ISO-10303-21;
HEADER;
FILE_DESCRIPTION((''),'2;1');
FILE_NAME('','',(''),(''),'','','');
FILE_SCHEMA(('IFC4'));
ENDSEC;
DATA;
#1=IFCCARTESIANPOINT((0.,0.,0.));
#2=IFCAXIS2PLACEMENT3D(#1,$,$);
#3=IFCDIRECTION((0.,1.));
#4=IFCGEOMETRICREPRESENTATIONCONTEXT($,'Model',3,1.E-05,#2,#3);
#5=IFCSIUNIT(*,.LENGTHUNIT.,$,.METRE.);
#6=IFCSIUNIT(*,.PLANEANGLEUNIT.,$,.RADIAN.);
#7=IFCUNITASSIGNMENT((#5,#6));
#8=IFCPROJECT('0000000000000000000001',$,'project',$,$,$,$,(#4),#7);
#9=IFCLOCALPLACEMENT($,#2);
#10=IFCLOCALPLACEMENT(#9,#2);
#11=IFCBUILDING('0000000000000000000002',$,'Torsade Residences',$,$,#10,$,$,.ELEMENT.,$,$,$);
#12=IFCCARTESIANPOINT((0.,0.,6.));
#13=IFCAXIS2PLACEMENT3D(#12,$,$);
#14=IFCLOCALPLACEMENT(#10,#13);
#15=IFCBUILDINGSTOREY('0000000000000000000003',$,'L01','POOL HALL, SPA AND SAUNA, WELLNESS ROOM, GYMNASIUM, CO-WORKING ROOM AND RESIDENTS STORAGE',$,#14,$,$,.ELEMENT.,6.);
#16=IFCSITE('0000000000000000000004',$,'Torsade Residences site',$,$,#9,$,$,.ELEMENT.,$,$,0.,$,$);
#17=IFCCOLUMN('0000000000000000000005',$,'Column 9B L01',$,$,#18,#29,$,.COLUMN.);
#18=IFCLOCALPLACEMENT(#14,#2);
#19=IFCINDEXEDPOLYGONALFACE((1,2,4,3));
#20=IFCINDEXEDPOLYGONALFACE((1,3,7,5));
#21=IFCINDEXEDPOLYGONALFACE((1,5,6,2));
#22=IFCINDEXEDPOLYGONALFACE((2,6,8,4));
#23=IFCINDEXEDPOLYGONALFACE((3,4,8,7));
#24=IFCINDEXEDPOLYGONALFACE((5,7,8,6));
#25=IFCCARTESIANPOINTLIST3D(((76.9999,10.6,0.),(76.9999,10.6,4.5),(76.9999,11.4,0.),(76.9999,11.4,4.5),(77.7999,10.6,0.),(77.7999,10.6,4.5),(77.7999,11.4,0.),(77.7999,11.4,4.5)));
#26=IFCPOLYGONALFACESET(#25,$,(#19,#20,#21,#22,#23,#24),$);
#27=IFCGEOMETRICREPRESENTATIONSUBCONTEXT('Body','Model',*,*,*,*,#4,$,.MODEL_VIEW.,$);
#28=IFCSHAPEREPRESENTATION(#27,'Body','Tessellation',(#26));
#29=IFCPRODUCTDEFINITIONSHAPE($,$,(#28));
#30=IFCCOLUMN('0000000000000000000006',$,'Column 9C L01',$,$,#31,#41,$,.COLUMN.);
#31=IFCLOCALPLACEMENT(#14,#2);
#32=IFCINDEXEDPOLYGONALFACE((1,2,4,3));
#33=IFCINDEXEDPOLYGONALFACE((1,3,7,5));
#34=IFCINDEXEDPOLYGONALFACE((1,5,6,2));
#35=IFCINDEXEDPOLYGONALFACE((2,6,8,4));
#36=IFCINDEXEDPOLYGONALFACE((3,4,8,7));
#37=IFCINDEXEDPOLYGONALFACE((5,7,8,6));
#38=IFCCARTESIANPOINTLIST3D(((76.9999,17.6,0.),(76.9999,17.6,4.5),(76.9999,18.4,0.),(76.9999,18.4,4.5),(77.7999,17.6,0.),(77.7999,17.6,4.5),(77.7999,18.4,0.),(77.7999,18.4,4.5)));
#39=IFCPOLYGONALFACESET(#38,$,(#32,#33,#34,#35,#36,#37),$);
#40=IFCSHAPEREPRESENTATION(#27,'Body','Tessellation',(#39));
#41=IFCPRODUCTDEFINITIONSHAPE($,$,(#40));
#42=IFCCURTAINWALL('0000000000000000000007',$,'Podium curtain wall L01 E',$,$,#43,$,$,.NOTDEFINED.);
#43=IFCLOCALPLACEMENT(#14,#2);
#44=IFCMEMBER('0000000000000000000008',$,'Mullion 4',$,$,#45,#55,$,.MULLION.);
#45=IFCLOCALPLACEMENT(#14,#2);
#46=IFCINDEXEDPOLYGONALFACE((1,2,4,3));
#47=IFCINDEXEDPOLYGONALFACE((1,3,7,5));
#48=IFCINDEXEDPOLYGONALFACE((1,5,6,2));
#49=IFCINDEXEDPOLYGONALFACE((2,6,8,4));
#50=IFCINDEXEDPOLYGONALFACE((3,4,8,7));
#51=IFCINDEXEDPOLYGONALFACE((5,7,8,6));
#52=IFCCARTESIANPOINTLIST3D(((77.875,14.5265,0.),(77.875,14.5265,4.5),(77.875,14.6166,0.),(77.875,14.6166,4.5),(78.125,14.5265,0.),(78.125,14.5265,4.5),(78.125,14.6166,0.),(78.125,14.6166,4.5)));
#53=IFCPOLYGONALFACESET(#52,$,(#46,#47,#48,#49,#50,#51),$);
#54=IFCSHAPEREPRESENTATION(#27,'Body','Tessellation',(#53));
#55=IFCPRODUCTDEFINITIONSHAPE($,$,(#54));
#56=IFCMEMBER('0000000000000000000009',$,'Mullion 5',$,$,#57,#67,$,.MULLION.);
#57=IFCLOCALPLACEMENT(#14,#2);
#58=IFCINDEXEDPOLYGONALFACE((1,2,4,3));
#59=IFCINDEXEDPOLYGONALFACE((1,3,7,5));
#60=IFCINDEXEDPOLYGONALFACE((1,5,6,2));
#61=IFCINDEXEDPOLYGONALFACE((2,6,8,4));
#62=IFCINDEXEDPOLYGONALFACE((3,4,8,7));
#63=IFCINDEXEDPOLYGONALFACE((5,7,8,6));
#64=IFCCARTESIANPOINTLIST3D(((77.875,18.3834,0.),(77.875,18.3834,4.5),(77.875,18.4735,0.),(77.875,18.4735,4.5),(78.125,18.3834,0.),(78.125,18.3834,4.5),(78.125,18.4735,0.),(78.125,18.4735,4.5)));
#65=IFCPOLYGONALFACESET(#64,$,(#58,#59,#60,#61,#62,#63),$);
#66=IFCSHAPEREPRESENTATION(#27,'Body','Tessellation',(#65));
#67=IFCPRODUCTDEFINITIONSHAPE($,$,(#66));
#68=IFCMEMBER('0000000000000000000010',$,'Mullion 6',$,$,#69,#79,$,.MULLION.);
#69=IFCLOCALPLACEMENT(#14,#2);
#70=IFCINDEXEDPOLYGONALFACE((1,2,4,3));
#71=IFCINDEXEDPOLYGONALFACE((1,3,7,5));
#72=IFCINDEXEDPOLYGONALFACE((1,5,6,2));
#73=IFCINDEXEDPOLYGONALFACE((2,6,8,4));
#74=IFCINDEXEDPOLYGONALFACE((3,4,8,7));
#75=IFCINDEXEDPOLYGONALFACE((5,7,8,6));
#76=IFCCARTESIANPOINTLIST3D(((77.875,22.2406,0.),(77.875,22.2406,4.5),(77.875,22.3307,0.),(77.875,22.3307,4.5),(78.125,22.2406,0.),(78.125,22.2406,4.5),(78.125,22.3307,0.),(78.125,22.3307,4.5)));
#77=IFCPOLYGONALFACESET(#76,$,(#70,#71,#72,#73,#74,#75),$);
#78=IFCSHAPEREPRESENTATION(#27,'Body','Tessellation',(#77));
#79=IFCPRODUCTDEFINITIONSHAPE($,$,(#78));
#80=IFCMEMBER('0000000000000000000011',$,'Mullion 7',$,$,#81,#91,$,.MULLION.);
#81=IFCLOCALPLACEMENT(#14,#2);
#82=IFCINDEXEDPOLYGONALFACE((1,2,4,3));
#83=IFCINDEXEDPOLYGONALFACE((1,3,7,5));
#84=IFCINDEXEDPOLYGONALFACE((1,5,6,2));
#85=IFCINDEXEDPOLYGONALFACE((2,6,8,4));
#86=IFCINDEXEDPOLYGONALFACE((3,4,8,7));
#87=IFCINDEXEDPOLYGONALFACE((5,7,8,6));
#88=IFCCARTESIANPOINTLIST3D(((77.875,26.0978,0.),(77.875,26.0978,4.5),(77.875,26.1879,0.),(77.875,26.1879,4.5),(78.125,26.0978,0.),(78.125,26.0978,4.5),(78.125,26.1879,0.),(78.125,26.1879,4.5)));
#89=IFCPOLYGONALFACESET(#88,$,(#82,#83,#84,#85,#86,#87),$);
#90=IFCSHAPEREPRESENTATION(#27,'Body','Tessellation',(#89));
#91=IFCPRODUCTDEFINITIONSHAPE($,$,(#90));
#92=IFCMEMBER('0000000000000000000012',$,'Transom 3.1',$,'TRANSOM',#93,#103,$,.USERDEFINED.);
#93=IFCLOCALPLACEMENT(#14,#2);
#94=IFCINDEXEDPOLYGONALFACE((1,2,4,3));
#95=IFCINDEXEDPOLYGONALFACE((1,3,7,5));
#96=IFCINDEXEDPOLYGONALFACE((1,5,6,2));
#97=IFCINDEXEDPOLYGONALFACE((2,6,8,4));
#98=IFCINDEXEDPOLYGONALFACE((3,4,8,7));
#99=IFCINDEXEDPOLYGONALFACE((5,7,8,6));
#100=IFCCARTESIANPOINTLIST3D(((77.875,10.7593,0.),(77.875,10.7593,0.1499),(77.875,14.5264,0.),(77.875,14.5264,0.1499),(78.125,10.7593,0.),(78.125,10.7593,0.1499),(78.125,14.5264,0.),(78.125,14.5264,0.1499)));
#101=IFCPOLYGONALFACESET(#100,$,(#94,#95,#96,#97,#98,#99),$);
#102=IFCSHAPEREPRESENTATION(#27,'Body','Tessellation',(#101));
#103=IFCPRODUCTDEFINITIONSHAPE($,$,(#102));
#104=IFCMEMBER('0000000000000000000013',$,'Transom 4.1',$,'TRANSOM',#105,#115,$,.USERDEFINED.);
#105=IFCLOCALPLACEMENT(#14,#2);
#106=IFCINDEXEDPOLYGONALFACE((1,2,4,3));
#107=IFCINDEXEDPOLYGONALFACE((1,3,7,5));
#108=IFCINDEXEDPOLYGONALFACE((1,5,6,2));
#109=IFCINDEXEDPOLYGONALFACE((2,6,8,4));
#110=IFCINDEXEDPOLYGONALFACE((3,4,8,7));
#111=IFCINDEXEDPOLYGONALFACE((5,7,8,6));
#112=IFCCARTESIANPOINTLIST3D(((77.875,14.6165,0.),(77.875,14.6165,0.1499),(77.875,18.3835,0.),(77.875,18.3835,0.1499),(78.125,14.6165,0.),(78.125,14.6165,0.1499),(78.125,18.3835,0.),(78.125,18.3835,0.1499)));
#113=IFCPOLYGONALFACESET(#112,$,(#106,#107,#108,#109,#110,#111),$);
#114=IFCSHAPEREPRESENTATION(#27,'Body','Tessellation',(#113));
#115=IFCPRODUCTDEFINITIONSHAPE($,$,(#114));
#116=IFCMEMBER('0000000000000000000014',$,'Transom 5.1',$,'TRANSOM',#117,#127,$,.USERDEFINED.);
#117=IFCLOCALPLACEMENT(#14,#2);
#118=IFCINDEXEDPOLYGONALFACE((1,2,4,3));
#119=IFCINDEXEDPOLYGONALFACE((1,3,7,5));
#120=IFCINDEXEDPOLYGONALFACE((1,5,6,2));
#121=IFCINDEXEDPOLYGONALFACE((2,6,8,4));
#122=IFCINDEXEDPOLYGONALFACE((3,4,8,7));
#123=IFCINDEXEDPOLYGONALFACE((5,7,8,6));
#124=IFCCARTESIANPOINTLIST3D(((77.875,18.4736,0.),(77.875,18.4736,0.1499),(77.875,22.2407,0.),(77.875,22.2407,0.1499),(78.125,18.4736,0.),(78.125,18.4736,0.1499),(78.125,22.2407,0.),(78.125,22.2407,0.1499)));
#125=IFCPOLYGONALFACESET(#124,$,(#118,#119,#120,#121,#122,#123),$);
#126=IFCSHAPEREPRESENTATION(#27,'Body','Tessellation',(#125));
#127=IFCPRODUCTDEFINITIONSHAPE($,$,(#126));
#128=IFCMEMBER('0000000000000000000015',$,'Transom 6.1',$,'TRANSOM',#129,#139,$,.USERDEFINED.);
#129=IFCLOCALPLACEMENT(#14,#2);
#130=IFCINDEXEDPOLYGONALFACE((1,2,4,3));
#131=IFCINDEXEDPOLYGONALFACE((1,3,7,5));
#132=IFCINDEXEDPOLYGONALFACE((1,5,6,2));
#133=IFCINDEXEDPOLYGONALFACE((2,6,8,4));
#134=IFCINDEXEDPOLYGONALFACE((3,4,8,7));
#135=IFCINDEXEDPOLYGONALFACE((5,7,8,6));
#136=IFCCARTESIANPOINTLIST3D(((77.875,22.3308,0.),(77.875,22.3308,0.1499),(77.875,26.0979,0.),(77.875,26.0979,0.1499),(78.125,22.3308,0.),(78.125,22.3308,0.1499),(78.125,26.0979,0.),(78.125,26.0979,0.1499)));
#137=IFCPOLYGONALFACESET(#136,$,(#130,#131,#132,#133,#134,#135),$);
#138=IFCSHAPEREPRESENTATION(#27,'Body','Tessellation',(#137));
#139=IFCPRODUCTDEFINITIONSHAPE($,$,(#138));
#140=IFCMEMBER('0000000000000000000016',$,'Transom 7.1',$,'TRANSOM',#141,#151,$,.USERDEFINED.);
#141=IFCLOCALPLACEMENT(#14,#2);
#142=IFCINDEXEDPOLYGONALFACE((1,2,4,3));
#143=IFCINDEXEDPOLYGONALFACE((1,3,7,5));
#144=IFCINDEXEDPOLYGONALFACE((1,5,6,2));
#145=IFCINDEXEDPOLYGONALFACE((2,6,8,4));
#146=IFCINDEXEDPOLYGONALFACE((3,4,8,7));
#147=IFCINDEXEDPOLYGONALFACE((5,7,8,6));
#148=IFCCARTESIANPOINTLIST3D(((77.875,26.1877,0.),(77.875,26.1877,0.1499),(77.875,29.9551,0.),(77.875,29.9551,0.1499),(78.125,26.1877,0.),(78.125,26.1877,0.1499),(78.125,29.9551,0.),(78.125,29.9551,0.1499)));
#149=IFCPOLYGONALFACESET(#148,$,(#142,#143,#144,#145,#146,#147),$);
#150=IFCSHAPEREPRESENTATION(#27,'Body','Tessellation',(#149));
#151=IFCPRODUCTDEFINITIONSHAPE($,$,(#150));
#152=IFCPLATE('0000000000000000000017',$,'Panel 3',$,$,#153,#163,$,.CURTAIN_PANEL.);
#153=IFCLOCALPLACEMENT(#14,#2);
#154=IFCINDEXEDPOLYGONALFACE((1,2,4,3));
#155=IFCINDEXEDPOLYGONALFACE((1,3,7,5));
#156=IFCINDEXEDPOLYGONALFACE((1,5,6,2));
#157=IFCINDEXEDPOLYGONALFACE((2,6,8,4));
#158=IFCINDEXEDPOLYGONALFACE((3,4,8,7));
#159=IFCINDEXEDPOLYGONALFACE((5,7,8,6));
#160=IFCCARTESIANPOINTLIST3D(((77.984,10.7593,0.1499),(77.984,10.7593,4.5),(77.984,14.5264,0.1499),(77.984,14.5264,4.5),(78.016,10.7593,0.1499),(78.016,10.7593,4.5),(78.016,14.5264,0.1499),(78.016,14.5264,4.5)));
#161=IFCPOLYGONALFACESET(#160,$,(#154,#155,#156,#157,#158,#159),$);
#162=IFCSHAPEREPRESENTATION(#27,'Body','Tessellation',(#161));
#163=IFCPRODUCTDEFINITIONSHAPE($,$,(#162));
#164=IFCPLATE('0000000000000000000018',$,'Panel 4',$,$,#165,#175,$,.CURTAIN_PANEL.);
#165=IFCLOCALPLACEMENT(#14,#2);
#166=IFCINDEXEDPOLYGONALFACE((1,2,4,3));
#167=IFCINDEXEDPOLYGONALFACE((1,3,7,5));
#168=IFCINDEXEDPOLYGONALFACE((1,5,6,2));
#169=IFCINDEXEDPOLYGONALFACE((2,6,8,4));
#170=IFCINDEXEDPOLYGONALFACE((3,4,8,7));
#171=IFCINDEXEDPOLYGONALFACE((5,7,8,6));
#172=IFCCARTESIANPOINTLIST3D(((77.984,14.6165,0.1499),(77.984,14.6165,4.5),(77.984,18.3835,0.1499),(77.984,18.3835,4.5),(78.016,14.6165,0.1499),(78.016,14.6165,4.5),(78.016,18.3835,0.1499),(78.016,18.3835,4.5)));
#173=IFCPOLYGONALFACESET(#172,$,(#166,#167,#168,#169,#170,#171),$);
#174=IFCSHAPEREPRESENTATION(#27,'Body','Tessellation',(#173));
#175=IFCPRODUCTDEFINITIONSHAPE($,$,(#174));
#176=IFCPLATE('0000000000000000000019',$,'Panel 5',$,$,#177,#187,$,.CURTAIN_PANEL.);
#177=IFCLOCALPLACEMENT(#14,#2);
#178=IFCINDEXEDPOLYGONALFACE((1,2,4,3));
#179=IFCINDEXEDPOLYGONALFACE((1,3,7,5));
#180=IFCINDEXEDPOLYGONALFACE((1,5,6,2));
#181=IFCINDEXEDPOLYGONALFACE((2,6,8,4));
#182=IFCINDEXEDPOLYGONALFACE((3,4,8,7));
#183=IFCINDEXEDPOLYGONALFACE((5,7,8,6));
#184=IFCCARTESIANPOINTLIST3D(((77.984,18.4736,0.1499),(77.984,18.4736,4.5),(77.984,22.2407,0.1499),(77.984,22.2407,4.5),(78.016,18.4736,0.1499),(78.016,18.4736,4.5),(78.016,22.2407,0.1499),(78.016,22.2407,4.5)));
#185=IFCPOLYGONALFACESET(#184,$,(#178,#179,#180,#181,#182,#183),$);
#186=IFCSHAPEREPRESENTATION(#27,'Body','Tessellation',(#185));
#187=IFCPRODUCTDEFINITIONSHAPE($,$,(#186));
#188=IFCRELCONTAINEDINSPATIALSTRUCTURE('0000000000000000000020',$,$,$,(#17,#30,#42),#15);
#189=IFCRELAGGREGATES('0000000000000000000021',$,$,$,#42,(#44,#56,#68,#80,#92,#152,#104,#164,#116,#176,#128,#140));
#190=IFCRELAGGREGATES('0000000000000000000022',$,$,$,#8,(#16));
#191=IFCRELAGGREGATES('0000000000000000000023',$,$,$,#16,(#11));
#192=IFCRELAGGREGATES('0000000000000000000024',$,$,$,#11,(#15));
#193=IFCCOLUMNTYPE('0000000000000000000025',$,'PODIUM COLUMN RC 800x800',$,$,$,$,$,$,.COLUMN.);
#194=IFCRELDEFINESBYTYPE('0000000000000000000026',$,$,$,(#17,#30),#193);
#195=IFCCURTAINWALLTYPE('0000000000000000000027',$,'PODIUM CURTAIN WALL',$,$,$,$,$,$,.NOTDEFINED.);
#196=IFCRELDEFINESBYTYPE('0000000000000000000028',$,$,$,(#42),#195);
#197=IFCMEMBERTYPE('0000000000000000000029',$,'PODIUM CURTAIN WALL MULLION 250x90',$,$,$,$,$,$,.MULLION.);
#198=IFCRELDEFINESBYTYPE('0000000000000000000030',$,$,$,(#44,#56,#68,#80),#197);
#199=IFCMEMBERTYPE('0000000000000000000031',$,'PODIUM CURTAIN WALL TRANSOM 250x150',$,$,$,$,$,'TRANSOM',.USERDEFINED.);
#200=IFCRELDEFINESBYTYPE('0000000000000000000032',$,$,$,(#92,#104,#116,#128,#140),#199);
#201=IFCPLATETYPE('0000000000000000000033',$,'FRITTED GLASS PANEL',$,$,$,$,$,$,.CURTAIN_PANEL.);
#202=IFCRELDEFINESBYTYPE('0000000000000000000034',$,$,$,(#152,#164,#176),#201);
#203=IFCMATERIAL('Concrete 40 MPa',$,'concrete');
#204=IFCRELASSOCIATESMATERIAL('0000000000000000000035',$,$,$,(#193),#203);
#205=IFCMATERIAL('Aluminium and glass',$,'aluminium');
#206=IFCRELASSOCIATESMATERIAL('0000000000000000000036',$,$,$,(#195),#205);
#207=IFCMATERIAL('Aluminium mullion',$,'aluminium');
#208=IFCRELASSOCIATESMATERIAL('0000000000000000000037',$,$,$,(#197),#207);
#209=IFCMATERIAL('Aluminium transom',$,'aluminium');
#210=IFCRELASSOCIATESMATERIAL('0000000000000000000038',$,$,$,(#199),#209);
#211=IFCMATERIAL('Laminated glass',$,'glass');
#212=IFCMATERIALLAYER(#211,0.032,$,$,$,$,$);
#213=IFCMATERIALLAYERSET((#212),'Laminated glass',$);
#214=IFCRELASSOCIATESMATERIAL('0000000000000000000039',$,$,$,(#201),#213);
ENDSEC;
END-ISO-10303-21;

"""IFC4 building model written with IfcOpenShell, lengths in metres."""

from ifc_helpers import new_model, si_unit, direction, frame, origin, origin_2d, place, context, subcontext, project, spatial, rectangle, extrude, material, layer, layer_set, material_profile, profile_set, type_object, element, aggregate, save


model = new_model("IFC4")

# Units and contexts
model_context = context("Model", 3, precision=1e-05, world=origin(), true_north=direction((0.0, 1.0)))
body_context = subcontext(model_context, "Body", "Model", "MODEL_VIEW")
ifc_project = project(units=[si_unit("LENGTHUNIT", "METRE"), si_unit("PLANEANGLEUNIT", "RADIAN")], contexts=[model_context])

# Site, building, storey
site_placement = place(None, origin())
site = spatial("IfcSite", under=ifc_project, at=site_placement, Name="Torsade Residences site", CompositionType="ELEMENT", RefElevation=0.0)
building_placement = place(site_placement, origin())
building = spatial("IfcBuilding", under=site, at=building_placement, Name="Torsade Residences", CompositionType="ELEMENT")
storey_placement = place(building_placement, frame((0.0, 0.0, 6.0)))
storey = spatial("IfcBuildingStorey", under=building, at=storey_placement, Name="L01", Description="POOL HALL, SPA AND SAUNA, WELLNESS ROOM, GYMNASIUM, CO-WORKING ROOM AND RESIDENTS STORAGE", CompositionType="ELEMENT", Elevation=6.0)

# Columns
ifc_material_1 = material(Name="Concrete 40 MPa", Category="concrete")
ifc_material_profile_1 = material_profile(ifc_material_1, rectangle(XDim=0.8, YDim=0.8, at=origin_2d()), Name="RC 800x800")
ifc_profile_set_1 = profile_set([ifc_material_profile_1], Name="Concrete 40 MPa")
column_type = type_object("IfcColumnType", Name="PODIUM COLUMN RC 800x800", PredefinedType="COLUMN", material=ifc_profile_set_1)
for number, where, z_axis, x_axis, name in (
    (1, (77.3999, 11.0, 0.0), (0.0, 0.0, 1.0), (1.0, 0.0, 0.0), "Column 9B L01"),
    (2, (77.3999, 18.0, 0.0), (0.0, 0.0, 1.0), (1.0, 0.0, 0.0), "Column 9C L01"),
):
    element("IfcColumn", number, at=place(storey_placement, frame(where, z_axis=z_axis, x_axis=x_axis)), inside=storey, type_object=column_type, Name=name, PredefinedType="COLUMN", context=body_context, shape_type="SweptSolid", body=[
        extrude(rectangle(XDim=0.8, YDim=0.8, at=origin_2d()), origin(), (0.0, 0.0, 1.0), 4.5),
    ])

# Curtain wall, members, plates
ifc_material_2 = material(Name="Aluminium and glass", Category="aluminium")
curtain_wall_type = type_object("IfcCurtainWallType", Name="PODIUM CURTAIN WALL", PredefinedType="NOTDEFINED", material=ifc_material_2)
curtain_wall_placement = place(storey_placement, origin())
curtain_wall = element("IfcCurtainWall", 3, at=curtain_wall_placement, inside=storey, type_object=curtain_wall_type, Name="Podium curtain wall L01 E", PredefinedType="NOTDEFINED")
ifc_material_3 = material(Name="Aluminium mullion", Category="aluminium")
ifc_material_profile_2 = material_profile(ifc_material_3, rectangle(XDim=0.25, YDim=0.0901, at=origin_2d()), Name="PODIUM CURTAIN WALL MULLION 250x90")
ifc_profile_set_2 = profile_set([ifc_material_profile_2], Name="Aluminium mullion")
member_type_1 = type_object("IfcMemberType", Name="PODIUM CURTAIN WALL MULLION 250x90", PredefinedType="MULLION", material=ifc_profile_set_2)
member_1_placement = place(storey_placement, frame((78.0, 14.5715, 0.0), z_axis=(0.0, 0.0, 1.0), x_axis=(-1.0, 0.0, 0.0)))
member_1 = element("IfcMember", 4, at=member_1_placement, type_object=member_type_1, Name="Mullion 4", PredefinedType="MULLION", context=body_context, shape_type="SweptSolid", body=[
    extrude(rectangle(XDim=0.25, YDim=0.0901, at=origin_2d()), origin(), (0.0, 0.0, 1.0), 4.5),
])
member_2_placement = place(storey_placement, frame((78.0, 18.4285, 0.0), z_axis=(0.0, 0.0, 1.0), x_axis=(-1.0, 0.0, 0.0)))
member_2 = element("IfcMember", 5, at=member_2_placement, type_object=member_type_1, Name="Mullion 5", PredefinedType="MULLION", context=body_context, shape_type="SweptSolid", body=[
    extrude(rectangle(XDim=0.25, YDim=0.0901, at=origin_2d()), origin(), (0.0, 0.0, 1.0), 4.5),
])
member_3_placement = place(storey_placement, frame((78.0, 22.2856, 0.0), z_axis=(0.0, 0.0, 1.0), x_axis=(-1.0, 0.0, 0.0)))
member_3 = element("IfcMember", 6, at=member_3_placement, type_object=member_type_1, Name="Mullion 6", PredefinedType="MULLION", context=body_context, shape_type="SweptSolid", body=[
    extrude(rectangle(XDim=0.25, YDim=0.0901, at=origin_2d()), origin(), (0.0, 0.0, 1.0), 4.5),
])
member_4_placement = place(storey_placement, frame((78.0, 26.1428, 0.0), z_axis=(0.0, 0.0, 1.0), x_axis=(-1.0, 0.0, 0.0)))
member_4 = element("IfcMember", 7, at=member_4_placement, type_object=member_type_1, Name="Mullion 7", PredefinedType="MULLION", context=body_context, shape_type="SweptSolid", body=[
    extrude(rectangle(XDim=0.25, YDim=0.0901, at=origin_2d()), origin(), (0.0, 0.0, 1.0), 4.5),
])
ifc_material_4 = material(Name="Aluminium transom", Category="aluminium")
ifc_material_profile_3 = material_profile(ifc_material_4, rectangle(XDim=0.25, YDim=0.1499, at=origin_2d()), Name="PODIUM CURTAIN WALL TRANSOM 250x150")
ifc_profile_set_3 = profile_set([ifc_material_profile_3], Name="Aluminium transom")
member_type_2 = type_object("IfcMemberType", Name="PODIUM CURTAIN WALL TRANSOM 250x150", ElementType="TRANSOM", PredefinedType="USERDEFINED", material=ifc_profile_set_3)
member_5_placement = place(storey_placement, frame((78.0, 10.7593, 0.075), z_axis=(0.0, 1.0, 0.0), x_axis=(-1.0, 0.0, 0.0)))
member_5 = element("IfcMember", 8, at=member_5_placement, type_object=member_type_2, Name="Transom 3.1", ObjectType="TRANSOM", PredefinedType="USERDEFINED", context=body_context, shape_type="SweptSolid", body=[
    extrude(rectangle(XDim=0.25, YDim=0.1499, at=origin_2d()), origin(), (0.0, 0.0, 1.0), 3.7671),
])
member_6_placement = place(storey_placement, frame((78.0, 14.6165, 0.075), z_axis=(0.0, 1.0, 0.0), x_axis=(-1.0, 0.0, 0.0)))
member_6 = element("IfcMember", 9, at=member_6_placement, type_object=member_type_2, Name="Transom 4.1", ObjectType="TRANSOM", PredefinedType="USERDEFINED", context=body_context, shape_type="SweptSolid", body=[
    extrude(rectangle(XDim=0.25, YDim=0.1499, at=origin_2d()), origin(), (0.0, 0.0, 1.0), 3.7671),
])
member_7_placement = place(storey_placement, frame((78.0, 18.4736, 0.075), z_axis=(0.0, 1.0, 0.0), x_axis=(-1.0, 0.0, 0.0)))
member_7 = element("IfcMember", 10, at=member_7_placement, type_object=member_type_2, Name="Transom 5.1", ObjectType="TRANSOM", PredefinedType="USERDEFINED", context=body_context, shape_type="SweptSolid", body=[
    extrude(rectangle(XDim=0.25, YDim=0.1499, at=origin_2d()), origin(), (0.0, 0.0, 1.0), 3.7671),
])
member_8_placement = place(storey_placement, frame((78.0, 22.3308, 0.075), z_axis=(0.0, 1.0, 0.0), x_axis=(-1.0, 0.0, 0.0)))
member_8 = element("IfcMember", 11, at=member_8_placement, type_object=member_type_2, Name="Transom 6.1", ObjectType="TRANSOM", PredefinedType="USERDEFINED", context=body_context, shape_type="SweptSolid", body=[
    extrude(rectangle(XDim=0.25, YDim=0.1499, at=origin_2d()), origin(), (0.0, 0.0, 1.0), 3.7671),
])
member_9_placement = place(storey_placement, frame((78.0, 26.1877, 0.075), z_axis=(0.0, 1.0, 0.0), x_axis=(-1.0, 0.0, 0.0)))
member_9 = element("IfcMember", 12, at=member_9_placement, type_object=member_type_2, Name="Transom 7.1", ObjectType="TRANSOM", PredefinedType="USERDEFINED", context=body_context, shape_type="SweptSolid", body=[
    extrude(rectangle(XDim=0.25, YDim=0.1499, at=origin_2d()), origin(), (0.0, 0.0, 1.0), 3.7673),
])
ifc_material_5 = material(Name="Laminated glass", Category="glass")
ifc_layer_1 = layer(ifc_material_5, 0.032)
ifc_layer_set_1 = layer_set([ifc_layer_1], Name="Laminated glass")
plate_type = type_object("IfcPlateType", Name="FRITTED GLASS PANEL", PredefinedType="CURTAIN_PANEL", material=ifc_layer_set_1)
plate_1_placement = place(storey_placement, frame((78.0, 12.6428, 0.1499), z_axis=(0.0, 0.0, 1.0), x_axis=(0.0, 1.0, 0.0)))
plate_1 = element("IfcPlate", 13, at=plate_1_placement, type_object=plate_type, Name="Panel 3", PredefinedType="CURTAIN_PANEL", context=body_context, shape_type="SweptSolid", body=[
    extrude(rectangle(XDim=3.7671, YDim=0.032, at=origin_2d()), origin(), (0.0, 0.0, 1.0), 4.3501),
])
plate_2_placement = place(storey_placement, frame((78.0, 16.5, 0.1499), z_axis=(0.0, 0.0, 1.0), x_axis=(0.0, 1.0, 0.0)))
plate_2 = element("IfcPlate", 14, at=plate_2_placement, type_object=plate_type, Name="Panel 4", PredefinedType="CURTAIN_PANEL", context=body_context, shape_type="SweptSolid", body=[
    extrude(rectangle(XDim=3.7671, YDim=0.032, at=origin_2d()), origin(), (0.0, 0.0, 1.0), 4.3501),
])
plate_3_placement = place(storey_placement, frame((78.0, 20.3572, 0.1499), z_axis=(0.0, 0.0, 1.0), x_axis=(0.0, 1.0, 0.0)))
plate_3 = element("IfcPlate", 15, at=plate_3_placement, type_object=plate_type, Name="Panel 5", PredefinedType="CURTAIN_PANEL", context=body_context, shape_type="SweptSolid", body=[
    extrude(rectangle(XDim=3.7671, YDim=0.032, at=origin_2d()), origin(), (0.0, 0.0, 1.0), 4.3501),
])
aggregate(curtain_wall, [member_1, member_2, member_3, member_4, member_5, plate_1, member_6, plate_2, member_7, plate_3, member_8, member_9])

save(model, "model.ifc")
